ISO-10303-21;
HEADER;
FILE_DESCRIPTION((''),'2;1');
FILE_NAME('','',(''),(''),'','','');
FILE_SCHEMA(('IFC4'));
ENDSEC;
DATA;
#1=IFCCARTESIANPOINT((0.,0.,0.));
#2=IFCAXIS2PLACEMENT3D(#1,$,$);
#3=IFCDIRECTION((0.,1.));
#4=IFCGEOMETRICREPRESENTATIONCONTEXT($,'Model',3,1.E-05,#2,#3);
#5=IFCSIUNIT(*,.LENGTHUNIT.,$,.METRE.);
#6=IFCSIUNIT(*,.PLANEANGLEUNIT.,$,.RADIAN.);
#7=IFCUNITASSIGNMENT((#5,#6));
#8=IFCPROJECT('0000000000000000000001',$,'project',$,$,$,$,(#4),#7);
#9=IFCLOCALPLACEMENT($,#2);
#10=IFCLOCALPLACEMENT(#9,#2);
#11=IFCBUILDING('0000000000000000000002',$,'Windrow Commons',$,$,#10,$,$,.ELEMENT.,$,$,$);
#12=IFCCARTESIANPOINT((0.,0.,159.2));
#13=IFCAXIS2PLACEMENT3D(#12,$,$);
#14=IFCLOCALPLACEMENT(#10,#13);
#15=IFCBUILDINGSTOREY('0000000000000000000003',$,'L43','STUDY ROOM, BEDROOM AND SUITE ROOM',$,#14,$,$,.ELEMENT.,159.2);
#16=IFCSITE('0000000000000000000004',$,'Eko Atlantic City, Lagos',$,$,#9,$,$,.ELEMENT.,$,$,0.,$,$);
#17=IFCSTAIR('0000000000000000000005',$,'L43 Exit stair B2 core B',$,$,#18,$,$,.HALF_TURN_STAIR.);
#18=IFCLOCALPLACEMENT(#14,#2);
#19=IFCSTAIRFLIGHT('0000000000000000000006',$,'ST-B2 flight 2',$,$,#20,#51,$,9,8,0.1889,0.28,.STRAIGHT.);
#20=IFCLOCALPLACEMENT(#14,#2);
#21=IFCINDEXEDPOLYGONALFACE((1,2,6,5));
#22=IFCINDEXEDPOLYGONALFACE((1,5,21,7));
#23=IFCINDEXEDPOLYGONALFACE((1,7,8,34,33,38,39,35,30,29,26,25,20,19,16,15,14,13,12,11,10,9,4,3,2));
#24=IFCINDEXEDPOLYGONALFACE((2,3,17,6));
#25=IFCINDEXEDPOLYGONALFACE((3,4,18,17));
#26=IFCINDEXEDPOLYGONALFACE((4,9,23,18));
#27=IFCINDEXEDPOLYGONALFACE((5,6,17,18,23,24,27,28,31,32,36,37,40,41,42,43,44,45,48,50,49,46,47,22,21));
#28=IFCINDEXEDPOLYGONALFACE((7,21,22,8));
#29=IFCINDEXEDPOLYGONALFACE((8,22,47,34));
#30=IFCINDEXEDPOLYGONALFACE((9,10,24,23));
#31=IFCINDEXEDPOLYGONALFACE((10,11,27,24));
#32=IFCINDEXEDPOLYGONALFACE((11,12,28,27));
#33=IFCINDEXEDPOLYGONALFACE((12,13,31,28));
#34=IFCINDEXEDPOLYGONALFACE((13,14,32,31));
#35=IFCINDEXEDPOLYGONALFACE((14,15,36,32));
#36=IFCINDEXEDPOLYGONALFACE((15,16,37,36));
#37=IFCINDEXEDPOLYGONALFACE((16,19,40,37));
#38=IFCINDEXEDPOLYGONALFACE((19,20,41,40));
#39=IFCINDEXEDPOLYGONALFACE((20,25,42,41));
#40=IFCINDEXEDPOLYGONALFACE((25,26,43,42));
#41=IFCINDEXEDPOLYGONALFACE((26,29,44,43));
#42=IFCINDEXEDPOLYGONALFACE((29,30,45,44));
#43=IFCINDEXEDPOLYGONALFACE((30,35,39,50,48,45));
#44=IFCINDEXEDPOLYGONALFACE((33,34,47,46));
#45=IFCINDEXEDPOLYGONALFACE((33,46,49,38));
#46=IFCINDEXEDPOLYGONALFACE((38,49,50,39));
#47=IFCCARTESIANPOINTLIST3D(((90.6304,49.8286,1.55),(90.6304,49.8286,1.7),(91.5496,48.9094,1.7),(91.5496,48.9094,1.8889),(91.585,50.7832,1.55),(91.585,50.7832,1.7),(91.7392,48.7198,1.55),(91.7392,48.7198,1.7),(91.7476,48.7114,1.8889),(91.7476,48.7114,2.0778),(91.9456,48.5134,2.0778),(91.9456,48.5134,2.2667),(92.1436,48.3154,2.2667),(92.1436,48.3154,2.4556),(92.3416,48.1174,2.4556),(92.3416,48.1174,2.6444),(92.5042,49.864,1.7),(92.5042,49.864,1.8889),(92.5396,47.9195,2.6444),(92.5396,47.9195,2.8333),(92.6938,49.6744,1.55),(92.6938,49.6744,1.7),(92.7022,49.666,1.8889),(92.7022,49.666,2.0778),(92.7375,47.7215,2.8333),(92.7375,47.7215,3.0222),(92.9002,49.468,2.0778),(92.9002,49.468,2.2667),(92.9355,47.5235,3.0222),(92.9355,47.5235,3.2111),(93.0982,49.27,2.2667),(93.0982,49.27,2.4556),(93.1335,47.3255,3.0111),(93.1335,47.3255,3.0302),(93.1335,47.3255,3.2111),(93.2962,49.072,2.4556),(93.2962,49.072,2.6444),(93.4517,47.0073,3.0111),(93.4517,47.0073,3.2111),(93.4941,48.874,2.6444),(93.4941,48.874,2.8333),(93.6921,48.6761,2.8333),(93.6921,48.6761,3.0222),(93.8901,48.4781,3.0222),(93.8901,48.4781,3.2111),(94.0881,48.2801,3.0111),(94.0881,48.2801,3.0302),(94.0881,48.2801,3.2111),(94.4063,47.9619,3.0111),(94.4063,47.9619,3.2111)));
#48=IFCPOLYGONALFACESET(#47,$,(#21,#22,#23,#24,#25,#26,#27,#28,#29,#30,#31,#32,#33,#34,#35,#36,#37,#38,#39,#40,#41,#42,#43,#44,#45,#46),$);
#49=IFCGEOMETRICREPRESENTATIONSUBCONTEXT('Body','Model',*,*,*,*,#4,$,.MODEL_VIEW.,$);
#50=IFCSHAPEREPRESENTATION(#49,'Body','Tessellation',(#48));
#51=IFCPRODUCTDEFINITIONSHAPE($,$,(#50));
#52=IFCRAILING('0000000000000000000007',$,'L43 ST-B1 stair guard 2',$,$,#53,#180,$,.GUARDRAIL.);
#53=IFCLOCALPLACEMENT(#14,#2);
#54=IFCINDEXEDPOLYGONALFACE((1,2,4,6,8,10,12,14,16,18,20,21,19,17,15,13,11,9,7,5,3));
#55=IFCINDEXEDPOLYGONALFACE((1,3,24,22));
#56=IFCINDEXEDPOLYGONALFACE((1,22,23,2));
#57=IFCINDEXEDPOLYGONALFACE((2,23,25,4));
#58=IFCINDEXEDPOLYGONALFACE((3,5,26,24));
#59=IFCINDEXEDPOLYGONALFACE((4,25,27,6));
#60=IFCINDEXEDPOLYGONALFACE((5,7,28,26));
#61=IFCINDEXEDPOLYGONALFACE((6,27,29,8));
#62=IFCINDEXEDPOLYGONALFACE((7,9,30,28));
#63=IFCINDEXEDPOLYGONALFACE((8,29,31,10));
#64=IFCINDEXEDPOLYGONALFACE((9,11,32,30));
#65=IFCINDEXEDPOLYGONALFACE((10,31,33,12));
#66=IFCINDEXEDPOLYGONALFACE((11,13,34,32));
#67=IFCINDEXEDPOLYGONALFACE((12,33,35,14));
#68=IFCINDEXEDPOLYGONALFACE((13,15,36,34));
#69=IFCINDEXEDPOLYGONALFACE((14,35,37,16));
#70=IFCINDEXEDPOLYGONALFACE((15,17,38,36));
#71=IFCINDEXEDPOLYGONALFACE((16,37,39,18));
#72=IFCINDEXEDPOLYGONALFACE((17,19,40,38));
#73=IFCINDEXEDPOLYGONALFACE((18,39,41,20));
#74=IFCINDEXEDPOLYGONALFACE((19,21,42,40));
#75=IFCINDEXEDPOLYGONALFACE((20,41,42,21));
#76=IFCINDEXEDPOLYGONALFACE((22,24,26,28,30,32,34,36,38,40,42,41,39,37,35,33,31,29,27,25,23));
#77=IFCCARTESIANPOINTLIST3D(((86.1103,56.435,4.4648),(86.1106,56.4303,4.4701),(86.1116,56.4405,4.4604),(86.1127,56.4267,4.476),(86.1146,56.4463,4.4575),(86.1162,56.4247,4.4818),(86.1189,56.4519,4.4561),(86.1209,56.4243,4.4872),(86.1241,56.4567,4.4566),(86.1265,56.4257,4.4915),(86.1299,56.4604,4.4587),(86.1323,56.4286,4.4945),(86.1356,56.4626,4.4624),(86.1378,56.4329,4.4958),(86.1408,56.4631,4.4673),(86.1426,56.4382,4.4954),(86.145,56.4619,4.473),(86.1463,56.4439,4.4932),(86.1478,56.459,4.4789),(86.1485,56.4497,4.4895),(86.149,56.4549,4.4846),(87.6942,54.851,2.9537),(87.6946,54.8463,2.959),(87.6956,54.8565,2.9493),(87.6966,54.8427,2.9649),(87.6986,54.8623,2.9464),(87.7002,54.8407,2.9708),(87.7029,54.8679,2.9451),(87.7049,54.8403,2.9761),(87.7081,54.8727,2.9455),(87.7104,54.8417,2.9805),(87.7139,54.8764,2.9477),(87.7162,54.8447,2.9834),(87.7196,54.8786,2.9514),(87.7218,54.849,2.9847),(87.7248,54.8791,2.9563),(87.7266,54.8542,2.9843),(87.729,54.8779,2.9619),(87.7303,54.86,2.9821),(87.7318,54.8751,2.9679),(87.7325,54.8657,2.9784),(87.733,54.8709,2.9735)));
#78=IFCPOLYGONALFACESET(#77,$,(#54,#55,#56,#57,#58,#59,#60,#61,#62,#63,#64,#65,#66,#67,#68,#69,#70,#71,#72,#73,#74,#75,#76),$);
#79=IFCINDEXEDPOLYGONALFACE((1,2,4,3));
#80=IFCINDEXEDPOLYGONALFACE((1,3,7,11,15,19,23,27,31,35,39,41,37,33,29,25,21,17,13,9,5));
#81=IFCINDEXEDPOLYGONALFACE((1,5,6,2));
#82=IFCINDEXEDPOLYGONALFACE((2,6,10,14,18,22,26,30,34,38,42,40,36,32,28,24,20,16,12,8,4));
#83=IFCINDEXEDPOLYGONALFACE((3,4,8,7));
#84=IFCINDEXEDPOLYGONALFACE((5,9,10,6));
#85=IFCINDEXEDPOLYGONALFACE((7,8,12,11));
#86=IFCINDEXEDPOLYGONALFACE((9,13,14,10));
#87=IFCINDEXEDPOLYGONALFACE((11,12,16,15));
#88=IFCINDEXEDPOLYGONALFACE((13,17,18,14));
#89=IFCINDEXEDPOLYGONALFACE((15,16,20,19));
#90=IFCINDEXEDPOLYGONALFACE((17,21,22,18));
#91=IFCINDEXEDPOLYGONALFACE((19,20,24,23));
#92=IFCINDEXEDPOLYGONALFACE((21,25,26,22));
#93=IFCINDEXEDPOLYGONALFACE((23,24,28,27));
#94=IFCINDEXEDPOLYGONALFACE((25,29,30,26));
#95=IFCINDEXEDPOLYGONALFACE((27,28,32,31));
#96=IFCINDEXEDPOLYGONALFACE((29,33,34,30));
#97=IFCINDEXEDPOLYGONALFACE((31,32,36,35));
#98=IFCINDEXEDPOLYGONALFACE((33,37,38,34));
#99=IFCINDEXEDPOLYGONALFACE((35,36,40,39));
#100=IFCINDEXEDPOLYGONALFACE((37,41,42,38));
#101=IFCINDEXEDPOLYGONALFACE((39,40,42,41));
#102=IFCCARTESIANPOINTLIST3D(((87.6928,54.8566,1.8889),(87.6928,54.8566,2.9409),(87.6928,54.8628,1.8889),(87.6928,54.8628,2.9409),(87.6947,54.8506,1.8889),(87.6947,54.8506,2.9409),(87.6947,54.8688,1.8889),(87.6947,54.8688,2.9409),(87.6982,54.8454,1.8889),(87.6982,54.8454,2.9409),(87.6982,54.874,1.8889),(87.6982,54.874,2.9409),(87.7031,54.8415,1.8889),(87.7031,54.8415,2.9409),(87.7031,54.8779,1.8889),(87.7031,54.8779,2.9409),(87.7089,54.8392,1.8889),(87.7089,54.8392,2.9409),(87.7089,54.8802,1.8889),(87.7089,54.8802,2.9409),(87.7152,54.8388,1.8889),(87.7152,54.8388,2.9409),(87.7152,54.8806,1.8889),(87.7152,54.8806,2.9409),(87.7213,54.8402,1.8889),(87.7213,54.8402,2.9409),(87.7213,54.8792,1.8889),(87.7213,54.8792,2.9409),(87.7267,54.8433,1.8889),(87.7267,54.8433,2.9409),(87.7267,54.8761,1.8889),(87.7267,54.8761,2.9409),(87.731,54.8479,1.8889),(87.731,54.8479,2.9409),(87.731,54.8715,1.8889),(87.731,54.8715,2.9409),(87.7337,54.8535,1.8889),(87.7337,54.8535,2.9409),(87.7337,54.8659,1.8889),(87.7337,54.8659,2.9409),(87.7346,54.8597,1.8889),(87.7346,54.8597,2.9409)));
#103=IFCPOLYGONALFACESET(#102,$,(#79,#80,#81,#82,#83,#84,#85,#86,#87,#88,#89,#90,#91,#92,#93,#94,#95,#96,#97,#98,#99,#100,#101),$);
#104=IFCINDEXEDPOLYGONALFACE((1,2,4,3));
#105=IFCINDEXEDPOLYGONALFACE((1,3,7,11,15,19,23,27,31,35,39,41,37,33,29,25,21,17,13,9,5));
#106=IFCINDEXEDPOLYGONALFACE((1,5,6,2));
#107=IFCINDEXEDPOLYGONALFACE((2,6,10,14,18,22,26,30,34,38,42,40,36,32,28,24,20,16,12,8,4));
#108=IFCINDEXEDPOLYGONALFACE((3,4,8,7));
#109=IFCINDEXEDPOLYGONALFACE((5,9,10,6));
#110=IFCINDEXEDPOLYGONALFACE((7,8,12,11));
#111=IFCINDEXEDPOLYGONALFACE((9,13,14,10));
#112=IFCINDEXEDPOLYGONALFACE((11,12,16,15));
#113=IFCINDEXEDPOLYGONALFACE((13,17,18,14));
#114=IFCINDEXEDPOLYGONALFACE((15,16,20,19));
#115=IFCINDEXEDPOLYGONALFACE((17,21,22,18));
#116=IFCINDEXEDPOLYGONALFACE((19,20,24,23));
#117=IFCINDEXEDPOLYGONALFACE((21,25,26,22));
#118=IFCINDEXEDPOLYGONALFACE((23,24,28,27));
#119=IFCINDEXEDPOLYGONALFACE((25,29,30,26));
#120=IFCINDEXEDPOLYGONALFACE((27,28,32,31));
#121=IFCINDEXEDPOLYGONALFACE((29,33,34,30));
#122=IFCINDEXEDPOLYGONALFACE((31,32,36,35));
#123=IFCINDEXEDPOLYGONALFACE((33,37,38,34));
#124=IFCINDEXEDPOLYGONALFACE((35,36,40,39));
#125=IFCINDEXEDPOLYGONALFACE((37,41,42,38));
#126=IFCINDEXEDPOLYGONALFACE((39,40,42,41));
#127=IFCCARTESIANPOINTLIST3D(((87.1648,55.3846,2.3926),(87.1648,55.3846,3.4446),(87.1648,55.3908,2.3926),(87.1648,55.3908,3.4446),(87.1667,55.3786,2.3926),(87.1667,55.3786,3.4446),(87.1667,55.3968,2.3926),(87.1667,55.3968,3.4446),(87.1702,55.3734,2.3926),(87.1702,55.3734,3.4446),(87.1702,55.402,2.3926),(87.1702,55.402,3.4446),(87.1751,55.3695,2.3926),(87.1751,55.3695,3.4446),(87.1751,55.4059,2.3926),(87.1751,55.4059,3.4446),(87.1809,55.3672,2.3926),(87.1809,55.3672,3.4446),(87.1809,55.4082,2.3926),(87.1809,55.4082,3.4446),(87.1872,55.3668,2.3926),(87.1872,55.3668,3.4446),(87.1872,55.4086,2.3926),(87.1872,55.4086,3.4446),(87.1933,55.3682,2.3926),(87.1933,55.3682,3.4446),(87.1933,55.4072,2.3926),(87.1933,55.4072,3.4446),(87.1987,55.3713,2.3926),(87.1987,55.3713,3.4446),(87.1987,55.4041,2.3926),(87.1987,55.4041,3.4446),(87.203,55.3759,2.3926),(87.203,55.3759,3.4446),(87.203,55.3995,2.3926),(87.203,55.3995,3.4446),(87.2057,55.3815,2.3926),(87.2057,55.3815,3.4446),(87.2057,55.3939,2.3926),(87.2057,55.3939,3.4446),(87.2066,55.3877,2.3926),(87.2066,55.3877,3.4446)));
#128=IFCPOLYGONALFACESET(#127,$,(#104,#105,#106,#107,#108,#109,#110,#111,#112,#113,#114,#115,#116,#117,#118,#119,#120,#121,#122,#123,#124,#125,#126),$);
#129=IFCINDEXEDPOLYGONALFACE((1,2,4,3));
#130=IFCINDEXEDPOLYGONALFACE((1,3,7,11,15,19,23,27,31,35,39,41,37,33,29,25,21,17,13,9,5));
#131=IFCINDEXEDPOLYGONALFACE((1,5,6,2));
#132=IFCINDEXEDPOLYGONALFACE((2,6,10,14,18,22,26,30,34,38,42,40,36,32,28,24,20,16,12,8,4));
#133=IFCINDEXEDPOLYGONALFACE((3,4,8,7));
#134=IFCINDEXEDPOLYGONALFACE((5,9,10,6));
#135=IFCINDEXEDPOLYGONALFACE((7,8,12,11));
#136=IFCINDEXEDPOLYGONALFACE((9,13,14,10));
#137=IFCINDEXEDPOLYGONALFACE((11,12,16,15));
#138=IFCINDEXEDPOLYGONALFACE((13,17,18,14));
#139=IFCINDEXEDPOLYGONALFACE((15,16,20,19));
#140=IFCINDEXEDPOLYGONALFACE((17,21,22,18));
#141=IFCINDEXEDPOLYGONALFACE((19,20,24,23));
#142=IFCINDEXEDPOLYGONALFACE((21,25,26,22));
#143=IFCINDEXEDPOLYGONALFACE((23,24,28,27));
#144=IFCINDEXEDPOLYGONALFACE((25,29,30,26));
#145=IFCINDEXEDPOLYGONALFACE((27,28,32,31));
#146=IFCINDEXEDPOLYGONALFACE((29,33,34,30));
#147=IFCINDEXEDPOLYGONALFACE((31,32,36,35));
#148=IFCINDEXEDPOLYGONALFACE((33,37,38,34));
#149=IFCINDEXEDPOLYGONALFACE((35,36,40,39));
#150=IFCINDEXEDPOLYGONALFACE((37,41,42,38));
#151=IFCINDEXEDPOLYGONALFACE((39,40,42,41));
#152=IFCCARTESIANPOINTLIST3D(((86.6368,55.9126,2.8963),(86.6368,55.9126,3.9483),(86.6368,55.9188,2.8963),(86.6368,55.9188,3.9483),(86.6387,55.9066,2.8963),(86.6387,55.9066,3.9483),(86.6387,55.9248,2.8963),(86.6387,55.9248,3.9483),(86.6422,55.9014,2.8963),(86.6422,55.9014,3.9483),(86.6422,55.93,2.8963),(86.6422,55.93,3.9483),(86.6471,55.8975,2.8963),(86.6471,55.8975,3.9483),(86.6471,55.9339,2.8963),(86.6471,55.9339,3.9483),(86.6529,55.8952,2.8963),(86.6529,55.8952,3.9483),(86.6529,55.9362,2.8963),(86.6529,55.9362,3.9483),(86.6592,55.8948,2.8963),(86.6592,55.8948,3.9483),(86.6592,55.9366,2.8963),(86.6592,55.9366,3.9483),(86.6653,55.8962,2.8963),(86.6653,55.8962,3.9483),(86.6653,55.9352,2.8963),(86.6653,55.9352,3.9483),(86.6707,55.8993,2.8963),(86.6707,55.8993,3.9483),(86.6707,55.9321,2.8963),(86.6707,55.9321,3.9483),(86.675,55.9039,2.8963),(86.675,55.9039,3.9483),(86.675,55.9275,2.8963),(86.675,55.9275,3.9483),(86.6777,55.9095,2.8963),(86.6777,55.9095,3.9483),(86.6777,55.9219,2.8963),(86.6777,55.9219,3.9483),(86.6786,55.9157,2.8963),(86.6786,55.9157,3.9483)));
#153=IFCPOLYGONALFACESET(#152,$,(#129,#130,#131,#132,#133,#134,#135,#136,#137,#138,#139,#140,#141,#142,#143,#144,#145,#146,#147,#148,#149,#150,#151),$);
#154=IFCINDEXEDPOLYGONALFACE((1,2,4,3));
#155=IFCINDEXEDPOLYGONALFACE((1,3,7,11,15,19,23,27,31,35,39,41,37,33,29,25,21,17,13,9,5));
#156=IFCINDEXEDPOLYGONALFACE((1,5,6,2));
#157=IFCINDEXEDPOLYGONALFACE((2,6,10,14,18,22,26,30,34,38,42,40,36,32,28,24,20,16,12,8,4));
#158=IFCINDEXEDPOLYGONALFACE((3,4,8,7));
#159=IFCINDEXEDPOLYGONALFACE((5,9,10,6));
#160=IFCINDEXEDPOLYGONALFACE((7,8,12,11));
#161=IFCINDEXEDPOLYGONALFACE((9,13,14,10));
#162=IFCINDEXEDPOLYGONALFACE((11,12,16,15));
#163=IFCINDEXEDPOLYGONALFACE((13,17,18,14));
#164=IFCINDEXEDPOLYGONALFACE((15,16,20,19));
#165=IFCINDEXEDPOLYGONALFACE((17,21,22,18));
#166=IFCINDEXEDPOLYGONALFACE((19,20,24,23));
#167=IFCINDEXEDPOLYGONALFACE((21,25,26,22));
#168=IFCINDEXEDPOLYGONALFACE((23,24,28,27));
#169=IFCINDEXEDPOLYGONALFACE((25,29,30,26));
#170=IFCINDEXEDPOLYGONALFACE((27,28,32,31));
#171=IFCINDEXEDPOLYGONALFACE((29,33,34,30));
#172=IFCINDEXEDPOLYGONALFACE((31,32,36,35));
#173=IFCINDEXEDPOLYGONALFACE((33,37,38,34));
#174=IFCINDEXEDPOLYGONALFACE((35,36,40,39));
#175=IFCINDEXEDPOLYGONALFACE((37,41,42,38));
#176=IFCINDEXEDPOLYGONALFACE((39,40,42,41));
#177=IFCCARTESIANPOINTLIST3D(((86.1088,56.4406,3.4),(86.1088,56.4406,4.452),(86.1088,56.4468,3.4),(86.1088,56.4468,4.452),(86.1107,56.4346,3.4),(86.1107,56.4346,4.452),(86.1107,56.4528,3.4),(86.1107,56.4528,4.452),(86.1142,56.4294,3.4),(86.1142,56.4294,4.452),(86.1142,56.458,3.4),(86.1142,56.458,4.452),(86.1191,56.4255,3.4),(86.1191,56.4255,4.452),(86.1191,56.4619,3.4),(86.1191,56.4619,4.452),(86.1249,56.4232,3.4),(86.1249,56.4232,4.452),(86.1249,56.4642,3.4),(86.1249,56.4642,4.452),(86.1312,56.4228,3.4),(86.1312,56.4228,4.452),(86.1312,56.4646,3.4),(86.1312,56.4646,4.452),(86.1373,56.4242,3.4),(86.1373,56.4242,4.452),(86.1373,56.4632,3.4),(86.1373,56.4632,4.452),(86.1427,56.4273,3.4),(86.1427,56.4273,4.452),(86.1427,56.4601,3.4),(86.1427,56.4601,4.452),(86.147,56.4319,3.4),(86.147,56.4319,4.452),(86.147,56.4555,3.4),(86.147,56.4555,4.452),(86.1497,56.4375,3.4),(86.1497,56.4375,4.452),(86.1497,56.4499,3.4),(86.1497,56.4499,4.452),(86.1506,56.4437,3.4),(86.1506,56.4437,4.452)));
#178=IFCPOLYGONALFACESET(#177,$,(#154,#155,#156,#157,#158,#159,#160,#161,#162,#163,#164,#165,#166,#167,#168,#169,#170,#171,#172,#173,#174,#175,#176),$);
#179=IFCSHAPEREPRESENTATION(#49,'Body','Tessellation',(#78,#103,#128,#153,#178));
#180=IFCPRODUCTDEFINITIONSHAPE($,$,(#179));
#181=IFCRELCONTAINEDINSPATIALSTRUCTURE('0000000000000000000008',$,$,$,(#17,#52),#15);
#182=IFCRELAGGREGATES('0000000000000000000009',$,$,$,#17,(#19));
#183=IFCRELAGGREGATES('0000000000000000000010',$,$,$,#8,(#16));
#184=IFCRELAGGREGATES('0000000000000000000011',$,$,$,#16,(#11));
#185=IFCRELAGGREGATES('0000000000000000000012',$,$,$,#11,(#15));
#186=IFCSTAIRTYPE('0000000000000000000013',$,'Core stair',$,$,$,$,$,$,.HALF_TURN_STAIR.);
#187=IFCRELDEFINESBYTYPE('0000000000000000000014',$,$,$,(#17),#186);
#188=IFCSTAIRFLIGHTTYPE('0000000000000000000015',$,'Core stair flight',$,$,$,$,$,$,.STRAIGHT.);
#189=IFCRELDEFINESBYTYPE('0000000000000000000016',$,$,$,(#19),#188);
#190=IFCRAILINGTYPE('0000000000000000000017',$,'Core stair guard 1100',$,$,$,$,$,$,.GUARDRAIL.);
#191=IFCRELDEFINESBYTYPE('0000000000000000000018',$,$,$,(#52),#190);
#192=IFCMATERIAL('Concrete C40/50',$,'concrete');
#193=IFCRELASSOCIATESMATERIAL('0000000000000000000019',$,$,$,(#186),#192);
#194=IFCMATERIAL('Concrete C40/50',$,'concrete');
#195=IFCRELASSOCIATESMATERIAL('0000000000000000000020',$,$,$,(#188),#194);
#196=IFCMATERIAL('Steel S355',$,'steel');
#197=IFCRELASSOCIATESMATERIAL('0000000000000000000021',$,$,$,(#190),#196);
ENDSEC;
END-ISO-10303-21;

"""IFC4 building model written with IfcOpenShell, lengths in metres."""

from ifc_helpers import new_model, si_unit, direction, frame, origin, origin_2d, place, context, subcontext, project, spatial, polyline, circle, outline, extrude, material, type_object, element, aggregate, save


model = new_model("IFC4")

# Units and contexts
model_context = context("Model", 3, precision=1e-05, world=origin(), true_north=direction((0.0, 1.0)))
body_context = subcontext(model_context, "Body", "Model", "MODEL_VIEW")
ifc_project = project(units=[si_unit("LENGTHUNIT", "METRE"), si_unit("PLANEANGLEUNIT", "RADIAN")], contexts=[model_context])

# Site, building, storey
site_placement = place(None, origin())
site = spatial("IfcSite", under=ifc_project, at=site_placement, Name="Eko Atlantic City, Lagos", CompositionType="ELEMENT", RefElevation=0.0)
building_placement = place(site_placement, origin())
building = spatial("IfcBuilding", under=site, at=building_placement, Name="Windrow Commons", CompositionType="ELEMENT")
storey_placement = place(building_placement, frame((0.0, 0.0, 159.2)))
storey = spatial("IfcBuildingStorey", under=building, at=storey_placement, Name="L43", Description="STUDY ROOM, BEDROOM AND SUITE ROOM", CompositionType="ELEMENT", Elevation=159.2)

# Stair, stair flight
ifc_material_1 = material(Name="Concrete C40/50", Category="concrete")
stair_type = type_object("IfcStairType", Name="Core stair", PredefinedType="HALF_TURN_STAIR", material=ifc_material_1)
stair_placement = place(storey_placement, origin())
stair = element("IfcStair", 1, at=stair_placement, inside=storey, type_object=stair_type, Name="L43 Exit stair B2 core B", PredefinedType="HALF_TURN_STAIR")
ifc_material_2 = material(Name="Concrete C40/50", Category="concrete")
stair_flight_type = type_object("IfcStairFlightType", Name="Core stair flight", PredefinedType="STRAIGHT", material=ifc_material_2)
stair_flight_placement = place(storey_placement, frame((92.0269, 49.3867, 1.7), z_axis=(0.0, 0.0, 1.0), x_axis=(0.707107, -0.707107, 0.0)))
stair_flight = element("IfcStairFlight", 2, at=stair_flight_placement, type_object=stair_flight_type, Name="ST-B2 flight 2", NumberOfRisers=9, NumberOfTreads=8, PredefinedType="STRAIGHT", RiserHeight=0.1889, TreadLength=0.28, context=body_context, shape_type="SweptSolid", body=[
    extrude(outline(polyline([(-1.3, -0.15), (-1.3, 0.0), (0.0, 0.0), (0.0, 0.1889), (0.28, 0.1889), (0.28, 0.3778), (0.56, 0.3778), (0.56, 0.5667), (0.84, 0.5667), (0.84, 0.7556), (1.12, 0.7556), (1.12, 0.9444), (1.4, 0.9444), (1.4, 1.1333), (1.68, 1.1333), (1.68, 1.3222), (1.96, 1.3222), (1.96, 1.5111), (2.24, 1.5111), (2.69, 1.5111), (2.69, 1.3111), (2.24, 1.3111), (2.24, 1.3302), (0.2682, 0.0), (0.2682, -0.15), (-1.3, -0.15)])), frame((0.0, 0.675, 0.0), z_axis=(0.0, -1.0, 0.0), x_axis=(1.0, 0.0, 0.0)), (0.0, 0.0, 1.0), 1.35),
])
aggregate(stair, [stair_flight])

# Railing
ifc_material_3 = material(Name="Steel S355", Category="steel")
railing_type_1 = type_object("IfcRailingType", Name="Core stair guard 1100", PredefinedType="GUARDRAIL", material=ifc_material_3)
railing_1_placement = place(storey_placement, frame((87.7136, 54.8597, 1.8889)))
element("IfcRailing", 3, at=railing_1_placement, inside=storey, type_object=railing_type_1, Name="L43 ST-B1 stair guard 2", PredefinedType="GUARDRAIL", context=body_context, shape_type="SweptSolid", body=[
    extrude(circle(Radius=0.024, at=origin_2d()), frame((0.0, 0.0, 1.076), z_axis=(-0.586203, 0.586203, 0.559224), x_axis=(-0.707107, -0.707107, 0.0)), (0.0, 0.0, 1.0), 2.7021),
    extrude(circle(Radius=0.021, at=origin_2d()), origin(), (0.0, 0.0, 1.0), 1.052),
    extrude(circle(Radius=0.021, at=origin_2d()), frame((-0.528, 0.528, 0.5037)), (0.0, 0.0, 1.0), 1.052),
    extrude(circle(Radius=0.021, at=origin_2d()), frame((-1.056, 1.056, 1.0074)), (0.0, 0.0, 1.0), 1.052),
    extrude(circle(Radius=0.021, at=origin_2d()), frame((-1.584, 1.584, 1.5111)), (0.0, 0.0, 1.0), 1.052),
])

save(model, "model.ifc")
